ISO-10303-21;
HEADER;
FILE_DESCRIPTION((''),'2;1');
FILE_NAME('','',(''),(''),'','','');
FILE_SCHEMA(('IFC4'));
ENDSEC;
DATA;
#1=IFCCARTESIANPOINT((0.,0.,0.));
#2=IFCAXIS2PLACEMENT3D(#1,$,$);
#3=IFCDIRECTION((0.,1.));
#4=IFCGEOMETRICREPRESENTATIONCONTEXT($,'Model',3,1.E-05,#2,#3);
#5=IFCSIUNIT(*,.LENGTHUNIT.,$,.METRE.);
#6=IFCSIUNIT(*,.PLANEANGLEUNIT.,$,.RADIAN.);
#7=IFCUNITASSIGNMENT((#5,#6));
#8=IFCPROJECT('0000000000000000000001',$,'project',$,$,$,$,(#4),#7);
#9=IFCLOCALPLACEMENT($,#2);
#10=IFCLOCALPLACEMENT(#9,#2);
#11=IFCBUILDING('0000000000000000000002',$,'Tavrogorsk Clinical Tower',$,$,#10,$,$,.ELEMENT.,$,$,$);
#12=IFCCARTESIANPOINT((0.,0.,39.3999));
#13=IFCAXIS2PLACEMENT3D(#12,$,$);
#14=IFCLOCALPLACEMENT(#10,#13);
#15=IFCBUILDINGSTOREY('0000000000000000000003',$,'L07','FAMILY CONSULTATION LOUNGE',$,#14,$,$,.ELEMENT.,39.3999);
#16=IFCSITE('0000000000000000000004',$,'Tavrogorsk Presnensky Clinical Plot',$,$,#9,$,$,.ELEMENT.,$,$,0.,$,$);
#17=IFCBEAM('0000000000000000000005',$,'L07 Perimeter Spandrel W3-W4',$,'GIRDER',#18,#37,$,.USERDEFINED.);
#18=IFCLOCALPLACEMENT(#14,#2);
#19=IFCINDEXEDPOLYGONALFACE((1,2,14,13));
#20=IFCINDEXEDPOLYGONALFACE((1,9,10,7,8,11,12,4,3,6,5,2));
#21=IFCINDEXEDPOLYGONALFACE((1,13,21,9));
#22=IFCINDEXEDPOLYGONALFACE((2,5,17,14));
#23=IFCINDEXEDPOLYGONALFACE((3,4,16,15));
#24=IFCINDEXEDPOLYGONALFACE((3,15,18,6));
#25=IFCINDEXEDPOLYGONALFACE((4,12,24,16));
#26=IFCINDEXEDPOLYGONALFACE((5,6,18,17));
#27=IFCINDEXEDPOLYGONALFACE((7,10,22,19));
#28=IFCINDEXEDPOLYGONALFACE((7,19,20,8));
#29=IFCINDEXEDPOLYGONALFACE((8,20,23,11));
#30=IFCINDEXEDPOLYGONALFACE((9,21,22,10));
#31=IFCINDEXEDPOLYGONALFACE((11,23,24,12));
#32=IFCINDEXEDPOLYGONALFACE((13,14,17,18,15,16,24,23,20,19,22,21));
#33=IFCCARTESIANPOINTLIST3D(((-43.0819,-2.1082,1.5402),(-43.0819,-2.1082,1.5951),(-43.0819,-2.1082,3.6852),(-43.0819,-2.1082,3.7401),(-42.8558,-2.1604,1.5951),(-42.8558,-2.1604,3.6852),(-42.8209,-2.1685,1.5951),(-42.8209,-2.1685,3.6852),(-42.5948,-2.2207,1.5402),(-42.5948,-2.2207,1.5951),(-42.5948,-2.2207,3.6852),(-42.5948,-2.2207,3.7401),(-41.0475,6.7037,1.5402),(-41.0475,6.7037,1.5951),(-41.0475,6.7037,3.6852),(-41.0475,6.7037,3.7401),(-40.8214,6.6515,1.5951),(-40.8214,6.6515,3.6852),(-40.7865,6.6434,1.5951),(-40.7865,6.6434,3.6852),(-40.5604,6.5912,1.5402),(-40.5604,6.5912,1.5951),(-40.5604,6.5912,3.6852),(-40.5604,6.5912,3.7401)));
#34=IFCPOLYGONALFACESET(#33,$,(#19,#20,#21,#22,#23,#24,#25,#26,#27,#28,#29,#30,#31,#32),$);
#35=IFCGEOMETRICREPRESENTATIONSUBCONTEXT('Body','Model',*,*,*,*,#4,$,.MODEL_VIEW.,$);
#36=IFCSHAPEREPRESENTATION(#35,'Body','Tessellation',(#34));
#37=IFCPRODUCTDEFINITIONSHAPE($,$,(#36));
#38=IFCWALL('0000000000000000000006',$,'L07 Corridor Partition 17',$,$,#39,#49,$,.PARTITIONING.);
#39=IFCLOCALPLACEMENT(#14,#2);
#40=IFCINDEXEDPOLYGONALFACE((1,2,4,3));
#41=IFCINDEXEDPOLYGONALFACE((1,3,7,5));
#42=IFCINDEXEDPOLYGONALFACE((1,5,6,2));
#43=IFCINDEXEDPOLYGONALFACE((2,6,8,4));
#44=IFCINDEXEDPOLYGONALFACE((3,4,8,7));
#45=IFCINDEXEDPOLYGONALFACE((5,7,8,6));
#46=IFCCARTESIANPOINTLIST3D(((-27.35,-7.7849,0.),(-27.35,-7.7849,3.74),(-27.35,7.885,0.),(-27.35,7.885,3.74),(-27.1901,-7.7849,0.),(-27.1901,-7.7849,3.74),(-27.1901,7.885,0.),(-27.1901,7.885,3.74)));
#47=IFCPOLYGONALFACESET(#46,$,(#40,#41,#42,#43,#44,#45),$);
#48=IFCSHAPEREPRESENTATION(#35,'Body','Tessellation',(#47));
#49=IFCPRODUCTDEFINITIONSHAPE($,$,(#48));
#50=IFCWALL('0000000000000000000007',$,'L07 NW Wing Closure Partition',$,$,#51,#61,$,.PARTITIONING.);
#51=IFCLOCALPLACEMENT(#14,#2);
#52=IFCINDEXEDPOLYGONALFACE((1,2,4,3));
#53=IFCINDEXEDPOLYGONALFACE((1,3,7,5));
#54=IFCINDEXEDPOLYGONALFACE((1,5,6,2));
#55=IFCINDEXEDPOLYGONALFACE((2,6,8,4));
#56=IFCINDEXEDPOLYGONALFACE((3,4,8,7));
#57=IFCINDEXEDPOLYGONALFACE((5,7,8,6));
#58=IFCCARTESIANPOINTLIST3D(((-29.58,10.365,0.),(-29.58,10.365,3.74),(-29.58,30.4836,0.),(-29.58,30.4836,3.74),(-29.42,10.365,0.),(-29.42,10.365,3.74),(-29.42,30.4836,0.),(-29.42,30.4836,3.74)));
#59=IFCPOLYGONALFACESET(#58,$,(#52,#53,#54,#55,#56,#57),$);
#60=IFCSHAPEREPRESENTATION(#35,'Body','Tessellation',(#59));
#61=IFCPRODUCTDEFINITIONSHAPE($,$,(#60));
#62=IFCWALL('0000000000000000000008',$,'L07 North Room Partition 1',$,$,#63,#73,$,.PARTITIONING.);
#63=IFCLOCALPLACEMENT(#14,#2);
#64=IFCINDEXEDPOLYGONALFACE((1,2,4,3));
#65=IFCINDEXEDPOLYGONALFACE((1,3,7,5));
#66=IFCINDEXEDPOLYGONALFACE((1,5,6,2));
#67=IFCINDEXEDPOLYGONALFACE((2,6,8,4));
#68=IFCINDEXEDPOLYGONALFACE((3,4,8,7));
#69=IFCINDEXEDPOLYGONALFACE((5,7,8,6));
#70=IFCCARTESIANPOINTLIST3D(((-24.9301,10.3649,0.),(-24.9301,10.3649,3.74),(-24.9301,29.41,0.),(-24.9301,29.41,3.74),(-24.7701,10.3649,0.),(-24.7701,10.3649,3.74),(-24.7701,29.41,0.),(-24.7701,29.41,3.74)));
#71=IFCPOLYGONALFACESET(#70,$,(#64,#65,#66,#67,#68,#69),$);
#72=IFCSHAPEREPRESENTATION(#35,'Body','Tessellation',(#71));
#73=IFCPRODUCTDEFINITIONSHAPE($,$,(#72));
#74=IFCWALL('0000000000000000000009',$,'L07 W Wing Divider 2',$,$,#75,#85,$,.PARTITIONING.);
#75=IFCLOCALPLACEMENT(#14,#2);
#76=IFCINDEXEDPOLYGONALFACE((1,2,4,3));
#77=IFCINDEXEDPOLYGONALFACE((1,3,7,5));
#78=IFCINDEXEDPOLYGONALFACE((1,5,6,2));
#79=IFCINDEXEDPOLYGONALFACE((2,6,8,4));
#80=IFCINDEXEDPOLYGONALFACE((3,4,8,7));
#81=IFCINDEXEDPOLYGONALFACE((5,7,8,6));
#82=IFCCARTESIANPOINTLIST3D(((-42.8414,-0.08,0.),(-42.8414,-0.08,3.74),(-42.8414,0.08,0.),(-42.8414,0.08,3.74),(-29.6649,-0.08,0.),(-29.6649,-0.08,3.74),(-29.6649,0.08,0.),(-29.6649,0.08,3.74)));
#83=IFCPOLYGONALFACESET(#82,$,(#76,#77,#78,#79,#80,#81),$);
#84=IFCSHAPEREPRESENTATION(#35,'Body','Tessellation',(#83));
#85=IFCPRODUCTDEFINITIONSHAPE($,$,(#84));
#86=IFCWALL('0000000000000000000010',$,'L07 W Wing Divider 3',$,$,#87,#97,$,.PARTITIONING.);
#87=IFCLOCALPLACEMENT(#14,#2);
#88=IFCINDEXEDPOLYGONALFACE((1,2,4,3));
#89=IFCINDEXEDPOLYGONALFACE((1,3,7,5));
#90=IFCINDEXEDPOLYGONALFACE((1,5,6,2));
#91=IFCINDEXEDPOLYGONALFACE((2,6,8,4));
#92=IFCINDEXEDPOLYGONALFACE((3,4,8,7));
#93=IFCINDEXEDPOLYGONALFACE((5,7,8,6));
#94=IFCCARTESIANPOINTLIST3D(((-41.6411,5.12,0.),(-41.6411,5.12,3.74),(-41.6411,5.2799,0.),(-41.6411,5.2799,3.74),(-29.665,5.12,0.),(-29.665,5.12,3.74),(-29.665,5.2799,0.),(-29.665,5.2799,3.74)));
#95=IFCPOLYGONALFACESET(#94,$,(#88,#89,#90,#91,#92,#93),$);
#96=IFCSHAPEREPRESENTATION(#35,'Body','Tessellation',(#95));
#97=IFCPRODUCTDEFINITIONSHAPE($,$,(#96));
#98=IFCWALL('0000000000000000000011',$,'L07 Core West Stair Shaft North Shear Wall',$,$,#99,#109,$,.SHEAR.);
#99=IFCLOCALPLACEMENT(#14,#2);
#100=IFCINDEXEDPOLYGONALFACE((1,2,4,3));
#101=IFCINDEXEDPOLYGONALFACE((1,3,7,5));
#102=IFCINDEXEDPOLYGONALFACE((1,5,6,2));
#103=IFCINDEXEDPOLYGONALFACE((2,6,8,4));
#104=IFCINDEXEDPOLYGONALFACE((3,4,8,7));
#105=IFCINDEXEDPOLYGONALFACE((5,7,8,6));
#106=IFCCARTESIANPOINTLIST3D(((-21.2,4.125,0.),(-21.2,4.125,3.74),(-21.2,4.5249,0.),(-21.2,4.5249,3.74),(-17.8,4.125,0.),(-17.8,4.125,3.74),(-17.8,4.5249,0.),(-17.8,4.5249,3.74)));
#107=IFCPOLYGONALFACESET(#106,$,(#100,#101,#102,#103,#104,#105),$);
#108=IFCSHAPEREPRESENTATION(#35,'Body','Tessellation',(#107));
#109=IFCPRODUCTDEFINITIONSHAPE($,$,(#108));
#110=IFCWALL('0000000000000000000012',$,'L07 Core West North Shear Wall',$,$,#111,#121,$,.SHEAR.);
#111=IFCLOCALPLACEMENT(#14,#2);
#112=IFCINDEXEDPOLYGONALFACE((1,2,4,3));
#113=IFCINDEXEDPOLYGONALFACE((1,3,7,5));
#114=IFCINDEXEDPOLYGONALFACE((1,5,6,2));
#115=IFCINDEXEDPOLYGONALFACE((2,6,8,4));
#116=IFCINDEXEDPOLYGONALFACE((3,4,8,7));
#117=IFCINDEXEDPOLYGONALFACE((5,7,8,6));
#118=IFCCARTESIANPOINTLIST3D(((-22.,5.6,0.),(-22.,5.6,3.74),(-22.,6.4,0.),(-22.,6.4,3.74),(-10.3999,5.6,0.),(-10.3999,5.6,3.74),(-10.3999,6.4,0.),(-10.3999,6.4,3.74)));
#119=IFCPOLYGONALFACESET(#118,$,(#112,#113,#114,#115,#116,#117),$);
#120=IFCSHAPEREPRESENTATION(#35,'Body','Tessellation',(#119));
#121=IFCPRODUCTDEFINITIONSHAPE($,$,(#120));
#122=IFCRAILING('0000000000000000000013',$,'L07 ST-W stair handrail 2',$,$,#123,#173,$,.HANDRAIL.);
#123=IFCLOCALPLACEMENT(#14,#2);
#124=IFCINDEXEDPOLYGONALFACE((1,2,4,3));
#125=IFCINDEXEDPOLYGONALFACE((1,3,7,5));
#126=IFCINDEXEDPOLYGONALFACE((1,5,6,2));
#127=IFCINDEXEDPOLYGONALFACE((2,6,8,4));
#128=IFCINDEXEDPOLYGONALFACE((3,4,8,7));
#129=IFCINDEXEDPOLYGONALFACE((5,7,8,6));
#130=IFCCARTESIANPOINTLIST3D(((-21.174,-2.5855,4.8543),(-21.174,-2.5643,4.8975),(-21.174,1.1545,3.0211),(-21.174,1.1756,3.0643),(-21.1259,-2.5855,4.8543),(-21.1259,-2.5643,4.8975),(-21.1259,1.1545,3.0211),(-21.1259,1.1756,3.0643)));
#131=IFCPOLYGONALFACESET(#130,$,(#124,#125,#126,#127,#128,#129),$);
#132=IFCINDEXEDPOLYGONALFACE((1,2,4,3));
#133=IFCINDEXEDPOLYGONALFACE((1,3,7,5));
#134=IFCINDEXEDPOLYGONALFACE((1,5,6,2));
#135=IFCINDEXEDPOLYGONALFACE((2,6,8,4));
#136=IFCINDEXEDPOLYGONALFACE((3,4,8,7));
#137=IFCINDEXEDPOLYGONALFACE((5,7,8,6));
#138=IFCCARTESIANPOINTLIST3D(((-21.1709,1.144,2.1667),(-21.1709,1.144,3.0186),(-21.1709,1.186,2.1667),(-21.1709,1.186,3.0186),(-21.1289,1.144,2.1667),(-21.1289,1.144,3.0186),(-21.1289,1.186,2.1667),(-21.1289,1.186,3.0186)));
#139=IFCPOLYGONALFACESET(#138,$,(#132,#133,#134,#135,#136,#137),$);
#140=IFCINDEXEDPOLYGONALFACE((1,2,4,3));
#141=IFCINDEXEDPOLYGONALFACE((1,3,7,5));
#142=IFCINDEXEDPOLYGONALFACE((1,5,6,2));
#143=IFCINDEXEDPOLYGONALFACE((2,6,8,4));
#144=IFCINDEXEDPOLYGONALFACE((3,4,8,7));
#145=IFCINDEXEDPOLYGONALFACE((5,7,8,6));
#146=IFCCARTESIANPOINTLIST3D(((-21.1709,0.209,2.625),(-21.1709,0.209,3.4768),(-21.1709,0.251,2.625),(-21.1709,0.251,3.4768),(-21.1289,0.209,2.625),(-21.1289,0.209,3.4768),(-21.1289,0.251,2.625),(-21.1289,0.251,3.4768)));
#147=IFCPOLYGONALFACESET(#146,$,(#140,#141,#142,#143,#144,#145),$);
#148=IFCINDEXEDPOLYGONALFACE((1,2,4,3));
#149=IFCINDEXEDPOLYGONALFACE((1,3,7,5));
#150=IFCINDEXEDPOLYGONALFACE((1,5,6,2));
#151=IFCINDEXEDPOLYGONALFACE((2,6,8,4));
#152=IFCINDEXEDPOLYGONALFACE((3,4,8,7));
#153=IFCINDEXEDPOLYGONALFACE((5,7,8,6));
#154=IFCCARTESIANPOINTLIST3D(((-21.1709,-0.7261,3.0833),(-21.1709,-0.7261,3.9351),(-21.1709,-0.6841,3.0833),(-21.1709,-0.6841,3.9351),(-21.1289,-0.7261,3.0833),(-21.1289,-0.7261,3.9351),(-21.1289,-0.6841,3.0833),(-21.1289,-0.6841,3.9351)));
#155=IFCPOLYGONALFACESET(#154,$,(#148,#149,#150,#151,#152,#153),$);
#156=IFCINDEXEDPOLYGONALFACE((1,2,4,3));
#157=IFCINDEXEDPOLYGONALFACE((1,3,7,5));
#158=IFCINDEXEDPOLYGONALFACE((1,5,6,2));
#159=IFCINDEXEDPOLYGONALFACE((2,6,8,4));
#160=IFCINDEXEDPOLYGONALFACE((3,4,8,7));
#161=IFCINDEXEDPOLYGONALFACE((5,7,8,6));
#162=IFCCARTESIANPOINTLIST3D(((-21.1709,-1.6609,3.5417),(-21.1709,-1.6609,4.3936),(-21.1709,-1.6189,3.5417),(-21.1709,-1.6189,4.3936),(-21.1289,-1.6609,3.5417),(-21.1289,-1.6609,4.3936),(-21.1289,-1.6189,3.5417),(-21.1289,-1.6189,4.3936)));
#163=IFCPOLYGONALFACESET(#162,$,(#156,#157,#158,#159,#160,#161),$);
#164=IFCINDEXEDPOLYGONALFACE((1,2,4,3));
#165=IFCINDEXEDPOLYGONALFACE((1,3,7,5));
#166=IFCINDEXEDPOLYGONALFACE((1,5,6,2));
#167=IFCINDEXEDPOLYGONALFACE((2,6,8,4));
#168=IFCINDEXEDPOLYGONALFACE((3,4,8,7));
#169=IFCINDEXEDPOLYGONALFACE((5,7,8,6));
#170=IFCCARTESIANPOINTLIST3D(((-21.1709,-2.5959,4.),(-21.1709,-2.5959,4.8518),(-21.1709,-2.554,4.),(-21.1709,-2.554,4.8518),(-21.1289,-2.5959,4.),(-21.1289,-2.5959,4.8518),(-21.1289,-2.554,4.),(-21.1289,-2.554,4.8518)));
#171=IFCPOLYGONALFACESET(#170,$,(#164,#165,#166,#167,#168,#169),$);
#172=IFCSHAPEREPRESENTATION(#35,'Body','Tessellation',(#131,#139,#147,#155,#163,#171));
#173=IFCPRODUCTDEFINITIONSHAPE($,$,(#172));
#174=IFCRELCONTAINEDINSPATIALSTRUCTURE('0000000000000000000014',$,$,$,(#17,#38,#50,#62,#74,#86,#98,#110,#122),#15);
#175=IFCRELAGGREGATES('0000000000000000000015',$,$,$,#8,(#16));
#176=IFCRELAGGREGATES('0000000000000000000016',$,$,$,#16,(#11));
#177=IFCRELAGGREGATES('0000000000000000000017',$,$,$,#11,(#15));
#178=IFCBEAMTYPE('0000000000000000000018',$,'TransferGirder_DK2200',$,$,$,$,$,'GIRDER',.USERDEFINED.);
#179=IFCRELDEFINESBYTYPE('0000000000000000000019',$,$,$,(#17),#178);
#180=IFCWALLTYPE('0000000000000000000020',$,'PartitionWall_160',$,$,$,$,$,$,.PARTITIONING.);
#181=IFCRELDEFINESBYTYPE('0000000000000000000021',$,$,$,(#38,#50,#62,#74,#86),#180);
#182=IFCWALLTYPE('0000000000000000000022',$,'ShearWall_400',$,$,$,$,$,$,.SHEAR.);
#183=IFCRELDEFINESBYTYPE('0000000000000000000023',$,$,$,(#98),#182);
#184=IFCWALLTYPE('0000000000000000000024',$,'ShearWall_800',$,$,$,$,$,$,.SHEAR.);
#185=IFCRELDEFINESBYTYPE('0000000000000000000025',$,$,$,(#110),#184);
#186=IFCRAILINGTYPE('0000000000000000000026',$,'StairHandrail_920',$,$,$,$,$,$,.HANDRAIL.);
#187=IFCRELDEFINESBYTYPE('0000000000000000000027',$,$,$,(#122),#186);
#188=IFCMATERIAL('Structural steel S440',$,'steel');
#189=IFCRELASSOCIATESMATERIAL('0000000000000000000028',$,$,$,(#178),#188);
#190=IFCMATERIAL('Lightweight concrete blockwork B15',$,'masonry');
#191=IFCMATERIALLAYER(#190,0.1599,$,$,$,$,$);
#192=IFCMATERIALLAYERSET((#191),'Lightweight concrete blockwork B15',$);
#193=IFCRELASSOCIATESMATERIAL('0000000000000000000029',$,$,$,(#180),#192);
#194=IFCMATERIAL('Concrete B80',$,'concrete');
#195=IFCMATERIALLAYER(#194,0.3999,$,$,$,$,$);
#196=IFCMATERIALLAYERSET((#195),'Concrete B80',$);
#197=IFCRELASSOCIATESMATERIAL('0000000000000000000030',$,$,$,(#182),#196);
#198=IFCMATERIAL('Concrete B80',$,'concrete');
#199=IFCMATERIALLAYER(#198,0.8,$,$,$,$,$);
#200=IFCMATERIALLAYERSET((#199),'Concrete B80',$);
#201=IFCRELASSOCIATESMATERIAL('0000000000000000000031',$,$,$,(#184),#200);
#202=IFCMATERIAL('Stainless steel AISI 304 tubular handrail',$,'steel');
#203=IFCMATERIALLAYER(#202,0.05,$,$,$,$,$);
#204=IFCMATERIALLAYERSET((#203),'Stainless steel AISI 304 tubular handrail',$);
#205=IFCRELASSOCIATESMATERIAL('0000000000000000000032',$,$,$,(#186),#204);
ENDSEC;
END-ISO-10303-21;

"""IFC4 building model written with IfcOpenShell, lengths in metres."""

from ifc_helpers import new_model, si_unit, direction, frame, frame_2d, origin, origin_2d, place, context, subcontext, project, spatial, rectangle, i_section, extrude, material, layer, layer_set, material_profile, profile_set, type_object, element, save


model = new_model("IFC4")

# Units and contexts
model_context = context("Model", 3, precision=1e-05, world=origin(), true_north=direction((0.0, 1.0)))
body_context = subcontext(model_context, "Body", "Model", "MODEL_VIEW")
ifc_project = project(units=[si_unit("LENGTHUNIT", "METRE"), si_unit("PLANEANGLEUNIT", "RADIAN")], contexts=[model_context])

# Site, building, storey
site_placement = place(None, origin())
site = spatial("IfcSite", under=ifc_project, at=site_placement, Name="Tavrogorsk Presnensky Clinical Plot", CompositionType="ELEMENT", RefElevation=0.0)
building_placement = place(site_placement, origin())
building = spatial("IfcBuilding", under=site, at=building_placement, Name="Tavrogorsk Clinical Tower", CompositionType="ELEMENT")
storey_placement = place(building_placement, frame((0.0, 0.0, 39.3999)))
storey = spatial("IfcBuildingStorey", under=building, at=storey_placement, Name="L07", Description="FAMILY CONSULTATION LOUNGE", CompositionType="ELEMENT", Elevation=39.3999)

# Beam
ifc_material_1 = material(Name="Structural steel S440", Category="steel")
ifc_material_profile_1 = material_profile(ifc_material_1, i_section(OverallWidth=0.5, OverallDepth=2.2, WebThickness=0.0359, FlangeThickness=0.0549, at=origin_2d()), Name="DK-2200x500x36x55")
ifc_profile_set_1 = profile_set([ifc_material_profile_1], Name="Structural steel S440")
beam_type_1 = type_object("IfcBeamType", Name="TransferGirder_DK2200", ElementType="GIRDER", PredefinedType="USERDEFINED", material=ifc_profile_set_1)
beam_1_placement = place(storey_placement, frame((-40.804, 6.6475, 2.6401), z_axis=(-0.224952, -0.97437, 0.0), x_axis=(0.97437, -0.224952, 0.0)))
element("IfcBeam", 1, at=beam_1_placement, inside=storey, type_object=beam_type_1, Name="L07 Perimeter Spandrel W3-W4", ObjectType="GIRDER", PredefinedType="USERDEFINED", context=body_context, shape_type="SweptSolid", body=[
    extrude(i_section(OverallWidth=0.5, OverallDepth=2.2, WebThickness=0.0359, FlangeThickness=0.0549, at=origin_2d()), origin(), (0.0, 0.0, 1.0), 9.0437),
])

# Shared definitions
ifc_material_2 = material(Name="Lightweight concrete blockwork B15", Category="masonry")
ifc_layer_1 = layer(ifc_material_2, 0.1599)
ifc_layer_set_1 = layer_set([ifc_layer_1], Name="Lightweight concrete blockwork B15")
wall_type_1 = type_object("IfcWallType", Name="PartitionWall_160", PredefinedType="PARTITIONING", material=ifc_layer_set_1)

# Walls
wall_1_placement = place(storey_placement, frame((-27.27, 7.885, 0.0), z_axis=(0.0, 0.0, 1.0), x_axis=(0.0, -1.0, 0.0)))
element("IfcWall", 2, at=wall_1_placement, inside=storey, type_object=wall_type_1, Name="L07 Corridor Partition 17", PredefinedType="PARTITIONING", context=body_context, shape_type="SweptSolid", body=[
    extrude(rectangle(XDim=15.6699, YDim=0.1599, at=frame_2d((7.835, 0.0))), origin(), (0.0, 0.0, 1.0), 3.74),
])
wall_2_placement = place(storey_placement, frame((-29.5, 10.365, 0.0), z_axis=(0.0, 0.0, 1.0), x_axis=(0.0, 1.0, 0.0)))
element("IfcWall", 3, at=wall_2_placement, inside=storey, type_object=wall_type_1, Name="L07 NW Wing Closure Partition", PredefinedType="PARTITIONING", context=body_context, shape_type="SweptSolid", body=[
    extrude(rectangle(XDim=20.1187, YDim=0.1599, at=frame_2d((10.0593, 0.0))), origin(), (0.0, 0.0, 1.0), 3.74),
])
wall_3_placement = place(storey_placement, frame((-24.8501, 10.365, 0.0), z_axis=(0.0, 0.0, 1.0), x_axis=(0.0, 1.0, 0.0)))
element("IfcWall", 4, at=wall_3_placement, inside=storey, type_object=wall_type_1, Name="L07 North Room Partition 1", PredefinedType="PARTITIONING", context=body_context, shape_type="SweptSolid", body=[
    extrude(rectangle(XDim=19.0452, YDim=0.1599, at=frame_2d((9.5225, 0.0))), origin(), (0.0, 0.0, 1.0), 3.74),
])
wall_4_placement = place(storey_placement, frame((-42.8416, 0.0, 0.0), z_axis=(0.0, 0.0, 1.0), x_axis=(1.0, 0.0, 0.0)))
element("IfcWall", 5, at=wall_4_placement, inside=storey, type_object=wall_type_1, Name="L07 W Wing Divider 2", PredefinedType="PARTITIONING", context=body_context, shape_type="SweptSolid", body=[
    extrude(rectangle(XDim=13.1765, YDim=0.1599, at=frame_2d((6.5884, 0.0))), origin(), (0.0, 0.0, 1.0), 3.74),
])
wall_5_placement = place(storey_placement, frame((-41.6411, 5.2, 0.0), z_axis=(0.0, 0.0, 1.0), x_axis=(1.0, 0.0, 0.0)))
element("IfcWall", 6, at=wall_5_placement, inside=storey, type_object=wall_type_1, Name="L07 W Wing Divider 3", PredefinedType="PARTITIONING", context=body_context, shape_type="SweptSolid", body=[
    extrude(rectangle(XDim=11.9761, YDim=0.1599, at=frame_2d((5.988, 0.0))), origin(), (0.0, 0.0, 1.0), 3.74),
])
ifc_material_3 = material(Name="Concrete B80", Category="concrete")
ifc_layer_2 = layer(ifc_material_3, 0.3999)
ifc_layer_set_2 = layer_set([ifc_layer_2], Name="Concrete B80")
wall_type_2 = type_object("IfcWallType", Name="ShearWall_400", PredefinedType="SHEAR", material=ifc_layer_set_2)
wall_6_placement = place(storey_placement, frame((-21.2, 4.325, 0.0), z_axis=(0.0, 0.0, 1.0), x_axis=(1.0, 0.0, 0.0)))
element("IfcWall", 7, at=wall_6_placement, inside=storey, type_object=wall_type_2, Name="L07 Core West Stair Shaft North Shear Wall", PredefinedType="SHEAR", context=body_context, shape_type="SweptSolid", body=[
    extrude(rectangle(XDim=3.3999, YDim=0.3999, at=frame_2d((1.7, 0.0))), origin(), (0.0, 0.0, 1.0), 3.74),
])
ifc_material_4 = material(Name="Concrete B80", Category="concrete")
ifc_layer_3 = layer(ifc_material_4, 0.8)
ifc_layer_set_3 = layer_set([ifc_layer_3], Name="Concrete B80")
wall_type_3 = type_object("IfcWallType", Name="ShearWall_800", PredefinedType="SHEAR", material=ifc_layer_set_3)
wall_7_placement = place(storey_placement, frame((-22.0, 6.0, 0.0), z_axis=(0.0, 0.0, 1.0), x_axis=(1.0, 0.0, 0.0)))
element("IfcWall", 8, at=wall_7_placement, inside=storey, type_object=wall_type_3, Name="L07 Core West North Shear Wall", PredefinedType="SHEAR", context=body_context, shape_type="SweptSolid", body=[
    extrude(rectangle(XDim=11.6001, YDim=0.8, at=frame_2d((5.8, 0.0))), origin(), (0.0, 0.0, 1.0), 3.74),
])

# Railing
ifc_material_5 = material(Name="Stainless steel AISI 304 tubular handrail", Category="steel")
ifc_layer_4 = layer(ifc_material_5, 0.05)
ifc_layer_set_4 = layer_set([ifc_layer_4], Name="Stainless steel AISI 304 tubular handrail")
railing_type = type_object("IfcRailingType", Name="StairHandrail_920", PredefinedType="HANDRAIL", material=ifc_layer_set_4)
railing_placement = place(storey_placement, frame((-21.1499, 1.165, 2.1667)))
element("IfcRailing", 9, at=railing_placement, inside=storey, type_object=railing_type, Name="L07 ST-W stair handrail 2", PredefinedType="HANDRAIL", context=body_context, shape_type="SweptSolid", body=[
    extrude(rectangle(XDim=0.0481, YDim=0.0481, at=origin_2d()), frame((0.0, 0.0, 0.876), z_axis=(0.0, -0.897928, 0.440142), x_axis=(1.0, 0.0, 0.0)), (0.0, 0.0, 1.0), 4.165),
    extrude(rectangle(XDim=0.042, YDim=0.042, at=origin_2d()), origin(), (0.0, 0.0, 1.0), 0.8518),
    extrude(rectangle(XDim=0.042, YDim=0.042, at=origin_2d()), frame((0.0, -0.9351, 0.4583)), (0.0, 0.0, 1.0), 0.8518),
    extrude(rectangle(XDim=0.042, YDim=0.042, at=origin_2d()), frame((0.0, -1.8701, 0.9165)), (0.0, 0.0, 1.0), 0.8518),
    extrude(rectangle(XDim=0.042, YDim=0.042, at=origin_2d()), frame((0.0, -2.8049, 1.375)), (0.0, 0.0, 1.0), 0.8518),
    extrude(rectangle(XDim=0.042, YDim=0.042, at=origin_2d()), frame((0.0, -3.74, 1.8333)), (0.0, 0.0, 1.0), 0.8518),
])

save(model, "model.ifc")
